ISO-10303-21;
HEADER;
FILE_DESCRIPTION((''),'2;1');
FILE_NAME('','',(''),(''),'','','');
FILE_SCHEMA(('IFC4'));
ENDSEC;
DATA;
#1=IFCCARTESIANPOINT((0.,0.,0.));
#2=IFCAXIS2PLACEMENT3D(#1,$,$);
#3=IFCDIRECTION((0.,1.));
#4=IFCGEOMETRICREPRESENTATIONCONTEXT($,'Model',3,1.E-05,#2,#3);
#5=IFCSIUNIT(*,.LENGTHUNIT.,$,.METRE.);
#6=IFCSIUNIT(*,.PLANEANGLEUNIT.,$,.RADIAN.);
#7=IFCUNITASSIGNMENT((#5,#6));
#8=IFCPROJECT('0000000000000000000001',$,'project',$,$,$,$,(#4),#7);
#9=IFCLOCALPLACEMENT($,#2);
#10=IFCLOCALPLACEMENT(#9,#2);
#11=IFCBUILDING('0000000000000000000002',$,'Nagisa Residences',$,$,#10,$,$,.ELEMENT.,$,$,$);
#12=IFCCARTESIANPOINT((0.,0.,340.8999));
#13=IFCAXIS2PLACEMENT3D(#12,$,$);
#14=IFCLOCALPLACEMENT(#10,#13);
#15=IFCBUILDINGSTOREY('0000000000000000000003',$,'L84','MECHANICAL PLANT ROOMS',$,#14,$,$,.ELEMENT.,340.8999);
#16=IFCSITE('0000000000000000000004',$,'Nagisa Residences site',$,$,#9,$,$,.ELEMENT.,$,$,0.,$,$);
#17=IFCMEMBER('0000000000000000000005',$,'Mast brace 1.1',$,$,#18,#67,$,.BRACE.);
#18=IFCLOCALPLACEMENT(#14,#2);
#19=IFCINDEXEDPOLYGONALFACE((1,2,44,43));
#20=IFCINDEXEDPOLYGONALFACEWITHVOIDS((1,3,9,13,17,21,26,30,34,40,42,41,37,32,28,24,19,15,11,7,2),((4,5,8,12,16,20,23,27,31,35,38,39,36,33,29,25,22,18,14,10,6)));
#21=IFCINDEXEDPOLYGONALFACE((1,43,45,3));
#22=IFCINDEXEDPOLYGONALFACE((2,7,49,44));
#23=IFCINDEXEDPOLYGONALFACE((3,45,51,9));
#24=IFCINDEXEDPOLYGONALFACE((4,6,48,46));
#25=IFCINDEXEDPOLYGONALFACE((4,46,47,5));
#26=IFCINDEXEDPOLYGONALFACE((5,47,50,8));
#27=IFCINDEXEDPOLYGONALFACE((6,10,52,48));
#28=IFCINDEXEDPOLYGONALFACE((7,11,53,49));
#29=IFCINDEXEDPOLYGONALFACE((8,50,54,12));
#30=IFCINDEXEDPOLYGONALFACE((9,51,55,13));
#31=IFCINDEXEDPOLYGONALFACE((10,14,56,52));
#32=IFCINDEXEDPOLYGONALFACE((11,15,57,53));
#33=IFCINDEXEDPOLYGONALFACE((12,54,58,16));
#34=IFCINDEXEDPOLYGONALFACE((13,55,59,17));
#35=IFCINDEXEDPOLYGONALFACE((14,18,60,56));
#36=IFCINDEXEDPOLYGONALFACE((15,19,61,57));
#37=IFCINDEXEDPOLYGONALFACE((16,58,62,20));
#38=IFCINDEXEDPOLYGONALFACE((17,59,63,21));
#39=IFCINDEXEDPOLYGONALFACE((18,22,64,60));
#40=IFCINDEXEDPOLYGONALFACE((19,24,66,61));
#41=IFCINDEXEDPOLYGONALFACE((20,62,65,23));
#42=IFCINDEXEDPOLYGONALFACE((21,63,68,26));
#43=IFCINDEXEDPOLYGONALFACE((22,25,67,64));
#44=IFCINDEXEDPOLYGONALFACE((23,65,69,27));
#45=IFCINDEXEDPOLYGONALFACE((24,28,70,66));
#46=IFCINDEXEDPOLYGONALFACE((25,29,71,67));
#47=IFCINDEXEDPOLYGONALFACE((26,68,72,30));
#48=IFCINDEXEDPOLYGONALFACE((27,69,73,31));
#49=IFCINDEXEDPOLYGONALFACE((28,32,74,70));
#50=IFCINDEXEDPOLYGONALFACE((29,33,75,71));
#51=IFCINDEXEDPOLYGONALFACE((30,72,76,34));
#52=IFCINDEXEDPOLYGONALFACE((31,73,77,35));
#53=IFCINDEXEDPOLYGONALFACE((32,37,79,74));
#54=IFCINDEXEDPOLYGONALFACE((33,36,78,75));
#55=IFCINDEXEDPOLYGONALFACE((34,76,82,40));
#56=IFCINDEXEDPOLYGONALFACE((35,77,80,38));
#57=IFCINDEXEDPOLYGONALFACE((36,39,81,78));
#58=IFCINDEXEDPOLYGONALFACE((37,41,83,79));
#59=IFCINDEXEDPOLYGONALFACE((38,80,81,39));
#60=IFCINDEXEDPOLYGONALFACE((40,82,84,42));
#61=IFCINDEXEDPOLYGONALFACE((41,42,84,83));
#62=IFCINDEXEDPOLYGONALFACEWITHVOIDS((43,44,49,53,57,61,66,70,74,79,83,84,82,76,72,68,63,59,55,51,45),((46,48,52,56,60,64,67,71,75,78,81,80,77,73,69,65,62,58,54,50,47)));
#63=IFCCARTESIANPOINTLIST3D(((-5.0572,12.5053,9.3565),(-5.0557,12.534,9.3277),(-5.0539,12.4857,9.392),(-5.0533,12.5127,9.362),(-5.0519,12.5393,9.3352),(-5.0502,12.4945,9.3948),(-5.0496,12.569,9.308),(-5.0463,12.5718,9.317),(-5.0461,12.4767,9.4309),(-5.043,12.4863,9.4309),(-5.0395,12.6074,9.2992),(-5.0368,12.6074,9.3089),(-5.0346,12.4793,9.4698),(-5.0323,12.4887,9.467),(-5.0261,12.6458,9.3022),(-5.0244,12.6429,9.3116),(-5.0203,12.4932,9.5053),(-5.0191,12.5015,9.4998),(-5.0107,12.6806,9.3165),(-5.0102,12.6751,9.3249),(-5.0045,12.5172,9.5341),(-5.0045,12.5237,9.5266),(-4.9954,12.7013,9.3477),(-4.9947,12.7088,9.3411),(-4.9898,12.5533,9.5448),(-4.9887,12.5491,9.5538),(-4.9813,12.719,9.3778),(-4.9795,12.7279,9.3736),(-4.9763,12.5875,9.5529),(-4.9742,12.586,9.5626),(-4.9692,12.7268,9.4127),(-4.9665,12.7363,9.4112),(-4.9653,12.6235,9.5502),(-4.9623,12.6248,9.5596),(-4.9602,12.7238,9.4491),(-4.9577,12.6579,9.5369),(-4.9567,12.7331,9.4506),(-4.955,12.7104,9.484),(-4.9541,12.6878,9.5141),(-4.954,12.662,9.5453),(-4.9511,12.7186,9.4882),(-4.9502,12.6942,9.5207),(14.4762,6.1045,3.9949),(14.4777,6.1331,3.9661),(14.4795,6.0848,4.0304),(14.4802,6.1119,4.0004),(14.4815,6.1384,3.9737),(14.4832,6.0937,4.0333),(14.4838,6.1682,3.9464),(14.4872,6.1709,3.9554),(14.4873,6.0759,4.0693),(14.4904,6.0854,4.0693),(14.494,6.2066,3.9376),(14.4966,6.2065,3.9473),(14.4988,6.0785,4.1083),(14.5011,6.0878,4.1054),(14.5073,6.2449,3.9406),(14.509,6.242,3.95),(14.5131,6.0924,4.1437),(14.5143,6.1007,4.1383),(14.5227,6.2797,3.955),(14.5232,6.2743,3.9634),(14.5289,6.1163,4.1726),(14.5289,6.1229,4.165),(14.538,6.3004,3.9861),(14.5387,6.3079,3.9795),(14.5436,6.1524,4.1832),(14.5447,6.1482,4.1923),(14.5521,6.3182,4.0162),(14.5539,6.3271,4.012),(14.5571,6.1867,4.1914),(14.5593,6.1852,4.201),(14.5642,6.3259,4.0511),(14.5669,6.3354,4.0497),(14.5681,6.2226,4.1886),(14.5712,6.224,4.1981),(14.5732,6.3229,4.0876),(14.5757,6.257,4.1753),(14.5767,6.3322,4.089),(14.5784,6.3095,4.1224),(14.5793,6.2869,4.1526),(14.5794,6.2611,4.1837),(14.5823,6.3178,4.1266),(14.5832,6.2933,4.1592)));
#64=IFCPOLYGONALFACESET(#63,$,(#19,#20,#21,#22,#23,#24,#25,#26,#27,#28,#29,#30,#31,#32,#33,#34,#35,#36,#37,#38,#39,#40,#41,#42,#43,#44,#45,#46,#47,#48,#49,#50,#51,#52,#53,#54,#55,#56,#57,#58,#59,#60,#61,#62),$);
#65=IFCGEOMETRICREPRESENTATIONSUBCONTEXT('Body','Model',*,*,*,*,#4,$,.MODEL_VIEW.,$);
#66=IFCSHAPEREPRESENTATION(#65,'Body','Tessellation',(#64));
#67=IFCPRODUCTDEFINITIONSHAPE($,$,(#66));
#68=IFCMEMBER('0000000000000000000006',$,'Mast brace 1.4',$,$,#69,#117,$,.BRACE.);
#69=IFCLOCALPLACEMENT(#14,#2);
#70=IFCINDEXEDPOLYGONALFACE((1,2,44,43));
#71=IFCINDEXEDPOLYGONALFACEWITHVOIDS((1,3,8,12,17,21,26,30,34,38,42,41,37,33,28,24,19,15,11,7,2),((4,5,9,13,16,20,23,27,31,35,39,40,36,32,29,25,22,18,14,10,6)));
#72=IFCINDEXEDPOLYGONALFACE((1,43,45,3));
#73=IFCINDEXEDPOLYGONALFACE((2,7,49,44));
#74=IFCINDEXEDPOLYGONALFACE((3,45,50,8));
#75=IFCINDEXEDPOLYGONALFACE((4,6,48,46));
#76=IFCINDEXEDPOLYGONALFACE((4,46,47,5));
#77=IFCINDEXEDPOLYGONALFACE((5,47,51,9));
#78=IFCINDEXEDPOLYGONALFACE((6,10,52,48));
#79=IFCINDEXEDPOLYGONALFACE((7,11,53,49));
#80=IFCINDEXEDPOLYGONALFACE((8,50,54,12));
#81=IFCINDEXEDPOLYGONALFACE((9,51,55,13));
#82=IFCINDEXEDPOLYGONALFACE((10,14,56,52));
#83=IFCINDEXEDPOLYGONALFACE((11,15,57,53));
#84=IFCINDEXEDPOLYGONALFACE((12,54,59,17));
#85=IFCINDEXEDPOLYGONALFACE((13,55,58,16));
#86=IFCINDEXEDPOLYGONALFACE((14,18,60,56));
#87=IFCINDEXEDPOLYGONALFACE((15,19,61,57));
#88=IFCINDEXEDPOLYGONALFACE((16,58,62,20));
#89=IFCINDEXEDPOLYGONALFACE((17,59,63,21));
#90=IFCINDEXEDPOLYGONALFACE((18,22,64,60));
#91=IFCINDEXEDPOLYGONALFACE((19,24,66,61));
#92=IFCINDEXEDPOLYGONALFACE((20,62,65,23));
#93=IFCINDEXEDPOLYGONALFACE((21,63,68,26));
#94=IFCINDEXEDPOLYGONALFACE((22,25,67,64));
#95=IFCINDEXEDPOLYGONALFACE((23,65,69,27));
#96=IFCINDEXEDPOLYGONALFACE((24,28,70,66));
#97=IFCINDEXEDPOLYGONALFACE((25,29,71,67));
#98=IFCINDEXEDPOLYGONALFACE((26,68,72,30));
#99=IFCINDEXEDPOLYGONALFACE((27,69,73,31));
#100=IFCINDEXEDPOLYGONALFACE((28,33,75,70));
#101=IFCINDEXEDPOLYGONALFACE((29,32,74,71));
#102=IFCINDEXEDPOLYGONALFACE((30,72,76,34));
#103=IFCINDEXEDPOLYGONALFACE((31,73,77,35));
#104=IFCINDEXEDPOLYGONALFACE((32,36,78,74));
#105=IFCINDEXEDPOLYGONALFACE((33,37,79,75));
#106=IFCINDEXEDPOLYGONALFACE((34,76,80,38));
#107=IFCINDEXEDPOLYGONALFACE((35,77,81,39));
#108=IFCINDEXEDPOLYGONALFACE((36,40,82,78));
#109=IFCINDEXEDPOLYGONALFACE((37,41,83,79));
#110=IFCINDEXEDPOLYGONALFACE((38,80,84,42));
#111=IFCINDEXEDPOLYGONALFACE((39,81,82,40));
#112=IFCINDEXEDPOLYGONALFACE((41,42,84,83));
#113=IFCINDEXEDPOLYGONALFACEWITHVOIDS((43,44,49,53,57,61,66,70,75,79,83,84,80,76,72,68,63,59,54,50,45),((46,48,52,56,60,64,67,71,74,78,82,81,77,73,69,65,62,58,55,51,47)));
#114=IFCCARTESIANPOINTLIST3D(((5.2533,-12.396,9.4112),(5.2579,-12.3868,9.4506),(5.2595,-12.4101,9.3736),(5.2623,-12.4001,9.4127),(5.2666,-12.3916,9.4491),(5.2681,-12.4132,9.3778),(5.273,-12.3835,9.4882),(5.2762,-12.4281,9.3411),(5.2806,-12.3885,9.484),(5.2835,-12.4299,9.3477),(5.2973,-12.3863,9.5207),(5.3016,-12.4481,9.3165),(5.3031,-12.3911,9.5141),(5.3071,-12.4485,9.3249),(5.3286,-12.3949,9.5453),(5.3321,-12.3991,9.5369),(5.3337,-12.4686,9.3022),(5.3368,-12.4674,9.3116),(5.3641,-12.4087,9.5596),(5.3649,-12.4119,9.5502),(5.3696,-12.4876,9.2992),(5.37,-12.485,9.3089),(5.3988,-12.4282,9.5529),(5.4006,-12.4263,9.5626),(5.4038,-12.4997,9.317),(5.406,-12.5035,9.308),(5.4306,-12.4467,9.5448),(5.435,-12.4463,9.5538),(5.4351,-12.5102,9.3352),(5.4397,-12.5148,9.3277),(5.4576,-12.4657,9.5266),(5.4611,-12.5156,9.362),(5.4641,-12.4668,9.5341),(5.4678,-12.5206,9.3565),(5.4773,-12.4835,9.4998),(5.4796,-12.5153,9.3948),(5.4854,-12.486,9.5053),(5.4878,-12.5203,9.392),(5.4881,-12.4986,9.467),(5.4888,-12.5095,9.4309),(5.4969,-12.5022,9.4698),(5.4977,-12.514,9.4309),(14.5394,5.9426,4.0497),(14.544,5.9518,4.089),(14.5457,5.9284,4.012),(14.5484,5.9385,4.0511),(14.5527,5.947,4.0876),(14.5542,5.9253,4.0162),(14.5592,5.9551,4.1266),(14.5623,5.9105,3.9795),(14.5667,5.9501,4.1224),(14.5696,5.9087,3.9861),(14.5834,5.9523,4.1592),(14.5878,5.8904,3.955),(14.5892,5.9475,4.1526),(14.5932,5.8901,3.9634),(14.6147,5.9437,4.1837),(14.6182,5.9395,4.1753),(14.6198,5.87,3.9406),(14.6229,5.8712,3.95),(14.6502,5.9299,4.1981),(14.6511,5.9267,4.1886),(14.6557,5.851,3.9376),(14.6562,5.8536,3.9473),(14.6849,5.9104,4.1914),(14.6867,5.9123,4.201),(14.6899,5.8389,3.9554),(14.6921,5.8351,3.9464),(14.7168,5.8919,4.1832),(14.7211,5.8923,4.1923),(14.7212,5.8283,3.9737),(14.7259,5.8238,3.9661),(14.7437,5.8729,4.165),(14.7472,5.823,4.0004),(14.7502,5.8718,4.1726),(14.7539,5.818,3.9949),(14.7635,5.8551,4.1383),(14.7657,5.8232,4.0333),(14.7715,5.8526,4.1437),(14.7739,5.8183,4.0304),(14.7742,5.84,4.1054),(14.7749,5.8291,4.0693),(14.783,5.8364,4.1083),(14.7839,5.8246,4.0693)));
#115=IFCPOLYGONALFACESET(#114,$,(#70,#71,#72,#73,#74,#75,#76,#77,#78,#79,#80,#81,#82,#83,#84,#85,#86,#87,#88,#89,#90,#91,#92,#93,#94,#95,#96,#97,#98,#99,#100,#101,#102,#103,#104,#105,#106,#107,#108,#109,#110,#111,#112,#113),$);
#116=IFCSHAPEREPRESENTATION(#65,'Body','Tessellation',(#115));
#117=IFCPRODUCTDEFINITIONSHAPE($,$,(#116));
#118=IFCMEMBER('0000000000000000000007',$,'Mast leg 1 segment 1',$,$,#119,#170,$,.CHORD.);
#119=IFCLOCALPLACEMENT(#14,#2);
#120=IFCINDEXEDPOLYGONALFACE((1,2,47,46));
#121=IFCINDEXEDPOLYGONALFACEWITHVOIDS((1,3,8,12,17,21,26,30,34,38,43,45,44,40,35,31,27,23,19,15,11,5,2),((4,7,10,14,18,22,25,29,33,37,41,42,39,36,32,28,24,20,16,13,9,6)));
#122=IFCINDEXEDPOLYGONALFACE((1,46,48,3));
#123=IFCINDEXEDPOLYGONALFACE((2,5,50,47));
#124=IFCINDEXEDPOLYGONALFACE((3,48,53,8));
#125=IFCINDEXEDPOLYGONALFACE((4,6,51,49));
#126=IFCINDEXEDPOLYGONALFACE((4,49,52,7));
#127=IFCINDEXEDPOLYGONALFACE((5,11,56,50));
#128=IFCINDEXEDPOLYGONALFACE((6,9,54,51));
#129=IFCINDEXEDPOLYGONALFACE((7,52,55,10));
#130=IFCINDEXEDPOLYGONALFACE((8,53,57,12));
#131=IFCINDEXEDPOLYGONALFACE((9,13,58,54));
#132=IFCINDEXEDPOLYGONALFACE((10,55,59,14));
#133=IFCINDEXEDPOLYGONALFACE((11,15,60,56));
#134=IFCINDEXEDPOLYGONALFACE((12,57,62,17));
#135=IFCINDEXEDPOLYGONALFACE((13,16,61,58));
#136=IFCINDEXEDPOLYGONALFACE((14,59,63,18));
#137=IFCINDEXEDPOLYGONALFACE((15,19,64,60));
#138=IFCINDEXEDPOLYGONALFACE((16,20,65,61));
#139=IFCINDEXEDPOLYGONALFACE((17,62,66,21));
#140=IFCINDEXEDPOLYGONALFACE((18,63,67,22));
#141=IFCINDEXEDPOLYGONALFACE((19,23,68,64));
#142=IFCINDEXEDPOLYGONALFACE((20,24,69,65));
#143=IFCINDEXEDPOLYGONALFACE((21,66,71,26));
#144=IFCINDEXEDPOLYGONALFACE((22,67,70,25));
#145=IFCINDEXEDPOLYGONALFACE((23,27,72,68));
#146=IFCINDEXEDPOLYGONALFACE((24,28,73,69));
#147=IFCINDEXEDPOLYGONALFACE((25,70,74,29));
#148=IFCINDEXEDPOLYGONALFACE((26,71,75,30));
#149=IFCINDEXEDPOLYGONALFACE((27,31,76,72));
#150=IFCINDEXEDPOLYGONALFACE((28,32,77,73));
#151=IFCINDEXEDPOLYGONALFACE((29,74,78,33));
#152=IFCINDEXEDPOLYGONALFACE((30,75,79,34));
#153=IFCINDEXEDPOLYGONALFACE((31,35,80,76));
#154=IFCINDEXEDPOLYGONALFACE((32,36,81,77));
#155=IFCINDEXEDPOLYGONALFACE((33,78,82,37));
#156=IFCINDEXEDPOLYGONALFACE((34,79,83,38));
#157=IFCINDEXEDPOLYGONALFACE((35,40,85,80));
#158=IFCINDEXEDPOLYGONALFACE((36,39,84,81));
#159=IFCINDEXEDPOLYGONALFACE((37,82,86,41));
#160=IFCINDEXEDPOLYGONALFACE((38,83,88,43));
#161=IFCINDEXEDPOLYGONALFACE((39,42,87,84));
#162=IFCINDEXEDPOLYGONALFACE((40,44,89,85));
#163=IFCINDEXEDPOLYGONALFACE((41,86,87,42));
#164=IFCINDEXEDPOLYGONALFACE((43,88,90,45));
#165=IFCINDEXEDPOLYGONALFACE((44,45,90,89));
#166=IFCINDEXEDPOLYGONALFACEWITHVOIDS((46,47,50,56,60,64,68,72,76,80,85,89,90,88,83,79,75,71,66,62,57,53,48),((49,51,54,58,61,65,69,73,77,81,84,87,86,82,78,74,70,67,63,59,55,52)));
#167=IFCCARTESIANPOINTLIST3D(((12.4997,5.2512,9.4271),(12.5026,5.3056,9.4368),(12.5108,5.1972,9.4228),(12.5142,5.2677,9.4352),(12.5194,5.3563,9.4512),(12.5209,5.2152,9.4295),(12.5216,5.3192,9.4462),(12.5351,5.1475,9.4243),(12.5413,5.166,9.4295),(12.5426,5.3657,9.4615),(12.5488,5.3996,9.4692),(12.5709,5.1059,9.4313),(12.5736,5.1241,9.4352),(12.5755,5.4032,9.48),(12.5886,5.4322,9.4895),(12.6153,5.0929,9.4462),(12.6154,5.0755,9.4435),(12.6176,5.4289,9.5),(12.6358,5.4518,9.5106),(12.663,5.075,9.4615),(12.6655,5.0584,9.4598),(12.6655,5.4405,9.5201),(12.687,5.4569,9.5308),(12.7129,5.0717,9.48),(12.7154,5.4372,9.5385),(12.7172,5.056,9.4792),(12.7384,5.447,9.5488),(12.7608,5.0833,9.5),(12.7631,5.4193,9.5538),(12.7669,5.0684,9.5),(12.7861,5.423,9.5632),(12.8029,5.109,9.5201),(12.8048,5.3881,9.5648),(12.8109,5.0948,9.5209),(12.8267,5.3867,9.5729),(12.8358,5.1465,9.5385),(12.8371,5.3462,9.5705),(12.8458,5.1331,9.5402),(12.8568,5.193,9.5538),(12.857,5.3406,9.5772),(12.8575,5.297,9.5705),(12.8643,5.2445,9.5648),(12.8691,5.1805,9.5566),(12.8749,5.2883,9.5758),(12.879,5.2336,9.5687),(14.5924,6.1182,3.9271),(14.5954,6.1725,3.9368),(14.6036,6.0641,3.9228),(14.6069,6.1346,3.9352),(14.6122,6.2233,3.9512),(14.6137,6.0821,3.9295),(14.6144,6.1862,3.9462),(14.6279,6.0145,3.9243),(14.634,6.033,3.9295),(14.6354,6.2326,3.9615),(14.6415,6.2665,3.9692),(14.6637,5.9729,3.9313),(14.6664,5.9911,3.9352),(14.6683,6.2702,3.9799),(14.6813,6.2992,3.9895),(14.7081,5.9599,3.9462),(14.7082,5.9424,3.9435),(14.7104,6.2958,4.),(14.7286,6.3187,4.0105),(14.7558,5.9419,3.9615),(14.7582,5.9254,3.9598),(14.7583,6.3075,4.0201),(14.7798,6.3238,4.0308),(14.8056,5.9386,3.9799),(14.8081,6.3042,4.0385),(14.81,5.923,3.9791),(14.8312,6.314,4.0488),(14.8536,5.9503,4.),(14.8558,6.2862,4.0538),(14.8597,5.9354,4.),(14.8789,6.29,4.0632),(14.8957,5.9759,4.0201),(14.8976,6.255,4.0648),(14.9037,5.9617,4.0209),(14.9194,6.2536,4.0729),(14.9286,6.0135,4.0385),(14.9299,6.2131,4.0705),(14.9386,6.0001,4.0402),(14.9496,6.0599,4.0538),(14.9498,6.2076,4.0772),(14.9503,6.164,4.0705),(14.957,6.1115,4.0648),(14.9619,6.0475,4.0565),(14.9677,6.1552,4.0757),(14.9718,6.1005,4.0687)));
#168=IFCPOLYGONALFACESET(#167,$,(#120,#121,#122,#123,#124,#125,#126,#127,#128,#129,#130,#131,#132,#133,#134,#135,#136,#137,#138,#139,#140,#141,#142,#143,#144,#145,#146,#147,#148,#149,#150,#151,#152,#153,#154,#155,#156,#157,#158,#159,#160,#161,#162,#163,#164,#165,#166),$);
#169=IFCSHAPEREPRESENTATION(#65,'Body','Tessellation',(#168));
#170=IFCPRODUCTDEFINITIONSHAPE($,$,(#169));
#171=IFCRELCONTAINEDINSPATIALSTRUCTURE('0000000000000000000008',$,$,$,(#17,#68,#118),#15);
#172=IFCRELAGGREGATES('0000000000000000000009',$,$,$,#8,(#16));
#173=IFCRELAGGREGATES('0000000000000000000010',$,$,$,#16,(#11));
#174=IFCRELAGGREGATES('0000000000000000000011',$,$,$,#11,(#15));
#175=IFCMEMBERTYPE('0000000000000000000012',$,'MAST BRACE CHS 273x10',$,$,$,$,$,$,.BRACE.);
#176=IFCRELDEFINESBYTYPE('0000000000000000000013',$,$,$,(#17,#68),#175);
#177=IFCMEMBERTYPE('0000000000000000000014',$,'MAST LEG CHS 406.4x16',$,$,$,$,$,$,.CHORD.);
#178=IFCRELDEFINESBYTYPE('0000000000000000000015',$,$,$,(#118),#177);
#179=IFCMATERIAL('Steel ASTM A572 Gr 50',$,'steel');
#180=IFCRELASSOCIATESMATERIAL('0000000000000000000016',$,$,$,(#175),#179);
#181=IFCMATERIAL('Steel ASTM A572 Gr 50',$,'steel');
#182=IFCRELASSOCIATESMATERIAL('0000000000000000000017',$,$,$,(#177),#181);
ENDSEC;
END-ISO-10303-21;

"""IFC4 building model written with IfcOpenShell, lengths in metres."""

from ifc_helpers import new_model, si_unit, direction, frame, origin, origin_2d, place, context, subcontext, project, spatial, hollow_circle, extrude, material, material_profile, profile_set, type_object, element, save


model = new_model("IFC4")

# Units and contexts
model_context = context("Model", 3, precision=1e-05, world=origin(), true_north=direction((0.0, 1.0)))
body_context = subcontext(model_context, "Body", "Model", "MODEL_VIEW")
ifc_project = project(units=[si_unit("LENGTHUNIT", "METRE"), si_unit("PLANEANGLEUNIT", "RADIAN")], contexts=[model_context])

# Site, building, storey
site_placement = place(None, origin())
site = spatial("IfcSite", under=ifc_project, at=site_placement, Name="Nagisa Residences site", CompositionType="ELEMENT", RefElevation=0.0)
building_placement = place(site_placement, origin())
building = spatial("IfcBuilding", under=site, at=building_placement, Name="Nagisa Residences", CompositionType="ELEMENT")
storey_placement = place(building_placement, frame((0.0, 0.0, 340.8999)))
storey = spatial("IfcBuildingStorey", under=building, at=storey_placement, Name="L84", Description="MECHANICAL PLANT ROOMS", CompositionType="ELEMENT", Elevation=340.8999)

# Members
ifc_material_1 = material(Name="Steel ASTM A572 Gr 50", Category="steel")
ifc_material_profile_1 = material_profile(ifc_material_1, hollow_circle(Radius=0.1365, WallThickness=0.01, at=origin_2d()), Name="MAST BRACE CHS 273x10")
ifc_profile_set_1 = profile_set([ifc_material_profile_1], Name="Steel ASTM A572 Gr 50")
member_type_1 = type_object("IfcMemberType", Name="MAST BRACE CHS 273x10", PredefinedType="BRACE", material=ifc_profile_set_1)
member_1_placement = place(storey_placement, frame((14.5298, 6.2056, 4.0693), z_axis=(-0.919516, 0.301314, 0.25239), x_axis=(-0.311396, -0.95028, 0.0)))
element("IfcMember", 1, at=member_1_placement, inside=storey, type_object=member_type_1, Name="Mast brace 1.1", PredefinedType="BRACE", context=body_context, shape_type="SweptSolid", body=[
    extrude(hollow_circle(Radius=0.1365, WallThickness=0.01, at=origin_2d()), origin(), (0.0, 0.0, 1.0), 21.2432),
])
member_2_placement = place(storey_placement, frame((14.6621, 5.8862, 4.0693), z_axis=(-0.437129, -0.86326, 0.252387), x_axis=(0.892142, -0.451754, 0.0)))
element("IfcMember", 2, at=member_2_placement, inside=storey, type_object=member_type_1, Name="Mast brace 1.4", PredefinedType="BRACE", context=body_context, shape_type="SweptSolid", body=[
    extrude(hollow_circle(Radius=0.1365, WallThickness=0.01, at=origin_2d()), origin(), (0.0, 0.0, 1.0), 21.2434),
])
ifc_material_2 = material(Name="Steel ASTM A572 Gr 50", Category="steel")
ifc_material_profile_2 = material_profile(ifc_material_2, hollow_circle(Radius=0.2031, WallThickness=0.0161, at=origin_2d()), Name="MAST LEG CHS 406.4x16")
ifc_profile_set_2 = profile_set([ifc_material_profile_2], Name="Steel ASTM A572 Gr 50")
member_type_2 = type_object("IfcMemberType", Name="MAST LEG CHS 406.4x16", PredefinedType="CHORD", material=ifc_profile_set_2)
member_3_placement = place(storey_placement, frame((14.782, 6.123, 4.0), z_axis=(-0.351832, -0.145748, 0.924647), x_axis=(0.382717, -0.923866, 0.0)))
element("IfcMember", 3, at=member_3_placement, inside=storey, type_object=member_type_2, Name="Mast leg 1 segment 1", PredefinedType="CHORD", context=body_context, shape_type="SweptSolid", body=[
    extrude(hollow_circle(Radius=0.2031, WallThickness=0.0161, at=origin_2d()), origin(), (0.0, 0.0, 1.0), 5.9482),
])

save(model, "model.ifc")
